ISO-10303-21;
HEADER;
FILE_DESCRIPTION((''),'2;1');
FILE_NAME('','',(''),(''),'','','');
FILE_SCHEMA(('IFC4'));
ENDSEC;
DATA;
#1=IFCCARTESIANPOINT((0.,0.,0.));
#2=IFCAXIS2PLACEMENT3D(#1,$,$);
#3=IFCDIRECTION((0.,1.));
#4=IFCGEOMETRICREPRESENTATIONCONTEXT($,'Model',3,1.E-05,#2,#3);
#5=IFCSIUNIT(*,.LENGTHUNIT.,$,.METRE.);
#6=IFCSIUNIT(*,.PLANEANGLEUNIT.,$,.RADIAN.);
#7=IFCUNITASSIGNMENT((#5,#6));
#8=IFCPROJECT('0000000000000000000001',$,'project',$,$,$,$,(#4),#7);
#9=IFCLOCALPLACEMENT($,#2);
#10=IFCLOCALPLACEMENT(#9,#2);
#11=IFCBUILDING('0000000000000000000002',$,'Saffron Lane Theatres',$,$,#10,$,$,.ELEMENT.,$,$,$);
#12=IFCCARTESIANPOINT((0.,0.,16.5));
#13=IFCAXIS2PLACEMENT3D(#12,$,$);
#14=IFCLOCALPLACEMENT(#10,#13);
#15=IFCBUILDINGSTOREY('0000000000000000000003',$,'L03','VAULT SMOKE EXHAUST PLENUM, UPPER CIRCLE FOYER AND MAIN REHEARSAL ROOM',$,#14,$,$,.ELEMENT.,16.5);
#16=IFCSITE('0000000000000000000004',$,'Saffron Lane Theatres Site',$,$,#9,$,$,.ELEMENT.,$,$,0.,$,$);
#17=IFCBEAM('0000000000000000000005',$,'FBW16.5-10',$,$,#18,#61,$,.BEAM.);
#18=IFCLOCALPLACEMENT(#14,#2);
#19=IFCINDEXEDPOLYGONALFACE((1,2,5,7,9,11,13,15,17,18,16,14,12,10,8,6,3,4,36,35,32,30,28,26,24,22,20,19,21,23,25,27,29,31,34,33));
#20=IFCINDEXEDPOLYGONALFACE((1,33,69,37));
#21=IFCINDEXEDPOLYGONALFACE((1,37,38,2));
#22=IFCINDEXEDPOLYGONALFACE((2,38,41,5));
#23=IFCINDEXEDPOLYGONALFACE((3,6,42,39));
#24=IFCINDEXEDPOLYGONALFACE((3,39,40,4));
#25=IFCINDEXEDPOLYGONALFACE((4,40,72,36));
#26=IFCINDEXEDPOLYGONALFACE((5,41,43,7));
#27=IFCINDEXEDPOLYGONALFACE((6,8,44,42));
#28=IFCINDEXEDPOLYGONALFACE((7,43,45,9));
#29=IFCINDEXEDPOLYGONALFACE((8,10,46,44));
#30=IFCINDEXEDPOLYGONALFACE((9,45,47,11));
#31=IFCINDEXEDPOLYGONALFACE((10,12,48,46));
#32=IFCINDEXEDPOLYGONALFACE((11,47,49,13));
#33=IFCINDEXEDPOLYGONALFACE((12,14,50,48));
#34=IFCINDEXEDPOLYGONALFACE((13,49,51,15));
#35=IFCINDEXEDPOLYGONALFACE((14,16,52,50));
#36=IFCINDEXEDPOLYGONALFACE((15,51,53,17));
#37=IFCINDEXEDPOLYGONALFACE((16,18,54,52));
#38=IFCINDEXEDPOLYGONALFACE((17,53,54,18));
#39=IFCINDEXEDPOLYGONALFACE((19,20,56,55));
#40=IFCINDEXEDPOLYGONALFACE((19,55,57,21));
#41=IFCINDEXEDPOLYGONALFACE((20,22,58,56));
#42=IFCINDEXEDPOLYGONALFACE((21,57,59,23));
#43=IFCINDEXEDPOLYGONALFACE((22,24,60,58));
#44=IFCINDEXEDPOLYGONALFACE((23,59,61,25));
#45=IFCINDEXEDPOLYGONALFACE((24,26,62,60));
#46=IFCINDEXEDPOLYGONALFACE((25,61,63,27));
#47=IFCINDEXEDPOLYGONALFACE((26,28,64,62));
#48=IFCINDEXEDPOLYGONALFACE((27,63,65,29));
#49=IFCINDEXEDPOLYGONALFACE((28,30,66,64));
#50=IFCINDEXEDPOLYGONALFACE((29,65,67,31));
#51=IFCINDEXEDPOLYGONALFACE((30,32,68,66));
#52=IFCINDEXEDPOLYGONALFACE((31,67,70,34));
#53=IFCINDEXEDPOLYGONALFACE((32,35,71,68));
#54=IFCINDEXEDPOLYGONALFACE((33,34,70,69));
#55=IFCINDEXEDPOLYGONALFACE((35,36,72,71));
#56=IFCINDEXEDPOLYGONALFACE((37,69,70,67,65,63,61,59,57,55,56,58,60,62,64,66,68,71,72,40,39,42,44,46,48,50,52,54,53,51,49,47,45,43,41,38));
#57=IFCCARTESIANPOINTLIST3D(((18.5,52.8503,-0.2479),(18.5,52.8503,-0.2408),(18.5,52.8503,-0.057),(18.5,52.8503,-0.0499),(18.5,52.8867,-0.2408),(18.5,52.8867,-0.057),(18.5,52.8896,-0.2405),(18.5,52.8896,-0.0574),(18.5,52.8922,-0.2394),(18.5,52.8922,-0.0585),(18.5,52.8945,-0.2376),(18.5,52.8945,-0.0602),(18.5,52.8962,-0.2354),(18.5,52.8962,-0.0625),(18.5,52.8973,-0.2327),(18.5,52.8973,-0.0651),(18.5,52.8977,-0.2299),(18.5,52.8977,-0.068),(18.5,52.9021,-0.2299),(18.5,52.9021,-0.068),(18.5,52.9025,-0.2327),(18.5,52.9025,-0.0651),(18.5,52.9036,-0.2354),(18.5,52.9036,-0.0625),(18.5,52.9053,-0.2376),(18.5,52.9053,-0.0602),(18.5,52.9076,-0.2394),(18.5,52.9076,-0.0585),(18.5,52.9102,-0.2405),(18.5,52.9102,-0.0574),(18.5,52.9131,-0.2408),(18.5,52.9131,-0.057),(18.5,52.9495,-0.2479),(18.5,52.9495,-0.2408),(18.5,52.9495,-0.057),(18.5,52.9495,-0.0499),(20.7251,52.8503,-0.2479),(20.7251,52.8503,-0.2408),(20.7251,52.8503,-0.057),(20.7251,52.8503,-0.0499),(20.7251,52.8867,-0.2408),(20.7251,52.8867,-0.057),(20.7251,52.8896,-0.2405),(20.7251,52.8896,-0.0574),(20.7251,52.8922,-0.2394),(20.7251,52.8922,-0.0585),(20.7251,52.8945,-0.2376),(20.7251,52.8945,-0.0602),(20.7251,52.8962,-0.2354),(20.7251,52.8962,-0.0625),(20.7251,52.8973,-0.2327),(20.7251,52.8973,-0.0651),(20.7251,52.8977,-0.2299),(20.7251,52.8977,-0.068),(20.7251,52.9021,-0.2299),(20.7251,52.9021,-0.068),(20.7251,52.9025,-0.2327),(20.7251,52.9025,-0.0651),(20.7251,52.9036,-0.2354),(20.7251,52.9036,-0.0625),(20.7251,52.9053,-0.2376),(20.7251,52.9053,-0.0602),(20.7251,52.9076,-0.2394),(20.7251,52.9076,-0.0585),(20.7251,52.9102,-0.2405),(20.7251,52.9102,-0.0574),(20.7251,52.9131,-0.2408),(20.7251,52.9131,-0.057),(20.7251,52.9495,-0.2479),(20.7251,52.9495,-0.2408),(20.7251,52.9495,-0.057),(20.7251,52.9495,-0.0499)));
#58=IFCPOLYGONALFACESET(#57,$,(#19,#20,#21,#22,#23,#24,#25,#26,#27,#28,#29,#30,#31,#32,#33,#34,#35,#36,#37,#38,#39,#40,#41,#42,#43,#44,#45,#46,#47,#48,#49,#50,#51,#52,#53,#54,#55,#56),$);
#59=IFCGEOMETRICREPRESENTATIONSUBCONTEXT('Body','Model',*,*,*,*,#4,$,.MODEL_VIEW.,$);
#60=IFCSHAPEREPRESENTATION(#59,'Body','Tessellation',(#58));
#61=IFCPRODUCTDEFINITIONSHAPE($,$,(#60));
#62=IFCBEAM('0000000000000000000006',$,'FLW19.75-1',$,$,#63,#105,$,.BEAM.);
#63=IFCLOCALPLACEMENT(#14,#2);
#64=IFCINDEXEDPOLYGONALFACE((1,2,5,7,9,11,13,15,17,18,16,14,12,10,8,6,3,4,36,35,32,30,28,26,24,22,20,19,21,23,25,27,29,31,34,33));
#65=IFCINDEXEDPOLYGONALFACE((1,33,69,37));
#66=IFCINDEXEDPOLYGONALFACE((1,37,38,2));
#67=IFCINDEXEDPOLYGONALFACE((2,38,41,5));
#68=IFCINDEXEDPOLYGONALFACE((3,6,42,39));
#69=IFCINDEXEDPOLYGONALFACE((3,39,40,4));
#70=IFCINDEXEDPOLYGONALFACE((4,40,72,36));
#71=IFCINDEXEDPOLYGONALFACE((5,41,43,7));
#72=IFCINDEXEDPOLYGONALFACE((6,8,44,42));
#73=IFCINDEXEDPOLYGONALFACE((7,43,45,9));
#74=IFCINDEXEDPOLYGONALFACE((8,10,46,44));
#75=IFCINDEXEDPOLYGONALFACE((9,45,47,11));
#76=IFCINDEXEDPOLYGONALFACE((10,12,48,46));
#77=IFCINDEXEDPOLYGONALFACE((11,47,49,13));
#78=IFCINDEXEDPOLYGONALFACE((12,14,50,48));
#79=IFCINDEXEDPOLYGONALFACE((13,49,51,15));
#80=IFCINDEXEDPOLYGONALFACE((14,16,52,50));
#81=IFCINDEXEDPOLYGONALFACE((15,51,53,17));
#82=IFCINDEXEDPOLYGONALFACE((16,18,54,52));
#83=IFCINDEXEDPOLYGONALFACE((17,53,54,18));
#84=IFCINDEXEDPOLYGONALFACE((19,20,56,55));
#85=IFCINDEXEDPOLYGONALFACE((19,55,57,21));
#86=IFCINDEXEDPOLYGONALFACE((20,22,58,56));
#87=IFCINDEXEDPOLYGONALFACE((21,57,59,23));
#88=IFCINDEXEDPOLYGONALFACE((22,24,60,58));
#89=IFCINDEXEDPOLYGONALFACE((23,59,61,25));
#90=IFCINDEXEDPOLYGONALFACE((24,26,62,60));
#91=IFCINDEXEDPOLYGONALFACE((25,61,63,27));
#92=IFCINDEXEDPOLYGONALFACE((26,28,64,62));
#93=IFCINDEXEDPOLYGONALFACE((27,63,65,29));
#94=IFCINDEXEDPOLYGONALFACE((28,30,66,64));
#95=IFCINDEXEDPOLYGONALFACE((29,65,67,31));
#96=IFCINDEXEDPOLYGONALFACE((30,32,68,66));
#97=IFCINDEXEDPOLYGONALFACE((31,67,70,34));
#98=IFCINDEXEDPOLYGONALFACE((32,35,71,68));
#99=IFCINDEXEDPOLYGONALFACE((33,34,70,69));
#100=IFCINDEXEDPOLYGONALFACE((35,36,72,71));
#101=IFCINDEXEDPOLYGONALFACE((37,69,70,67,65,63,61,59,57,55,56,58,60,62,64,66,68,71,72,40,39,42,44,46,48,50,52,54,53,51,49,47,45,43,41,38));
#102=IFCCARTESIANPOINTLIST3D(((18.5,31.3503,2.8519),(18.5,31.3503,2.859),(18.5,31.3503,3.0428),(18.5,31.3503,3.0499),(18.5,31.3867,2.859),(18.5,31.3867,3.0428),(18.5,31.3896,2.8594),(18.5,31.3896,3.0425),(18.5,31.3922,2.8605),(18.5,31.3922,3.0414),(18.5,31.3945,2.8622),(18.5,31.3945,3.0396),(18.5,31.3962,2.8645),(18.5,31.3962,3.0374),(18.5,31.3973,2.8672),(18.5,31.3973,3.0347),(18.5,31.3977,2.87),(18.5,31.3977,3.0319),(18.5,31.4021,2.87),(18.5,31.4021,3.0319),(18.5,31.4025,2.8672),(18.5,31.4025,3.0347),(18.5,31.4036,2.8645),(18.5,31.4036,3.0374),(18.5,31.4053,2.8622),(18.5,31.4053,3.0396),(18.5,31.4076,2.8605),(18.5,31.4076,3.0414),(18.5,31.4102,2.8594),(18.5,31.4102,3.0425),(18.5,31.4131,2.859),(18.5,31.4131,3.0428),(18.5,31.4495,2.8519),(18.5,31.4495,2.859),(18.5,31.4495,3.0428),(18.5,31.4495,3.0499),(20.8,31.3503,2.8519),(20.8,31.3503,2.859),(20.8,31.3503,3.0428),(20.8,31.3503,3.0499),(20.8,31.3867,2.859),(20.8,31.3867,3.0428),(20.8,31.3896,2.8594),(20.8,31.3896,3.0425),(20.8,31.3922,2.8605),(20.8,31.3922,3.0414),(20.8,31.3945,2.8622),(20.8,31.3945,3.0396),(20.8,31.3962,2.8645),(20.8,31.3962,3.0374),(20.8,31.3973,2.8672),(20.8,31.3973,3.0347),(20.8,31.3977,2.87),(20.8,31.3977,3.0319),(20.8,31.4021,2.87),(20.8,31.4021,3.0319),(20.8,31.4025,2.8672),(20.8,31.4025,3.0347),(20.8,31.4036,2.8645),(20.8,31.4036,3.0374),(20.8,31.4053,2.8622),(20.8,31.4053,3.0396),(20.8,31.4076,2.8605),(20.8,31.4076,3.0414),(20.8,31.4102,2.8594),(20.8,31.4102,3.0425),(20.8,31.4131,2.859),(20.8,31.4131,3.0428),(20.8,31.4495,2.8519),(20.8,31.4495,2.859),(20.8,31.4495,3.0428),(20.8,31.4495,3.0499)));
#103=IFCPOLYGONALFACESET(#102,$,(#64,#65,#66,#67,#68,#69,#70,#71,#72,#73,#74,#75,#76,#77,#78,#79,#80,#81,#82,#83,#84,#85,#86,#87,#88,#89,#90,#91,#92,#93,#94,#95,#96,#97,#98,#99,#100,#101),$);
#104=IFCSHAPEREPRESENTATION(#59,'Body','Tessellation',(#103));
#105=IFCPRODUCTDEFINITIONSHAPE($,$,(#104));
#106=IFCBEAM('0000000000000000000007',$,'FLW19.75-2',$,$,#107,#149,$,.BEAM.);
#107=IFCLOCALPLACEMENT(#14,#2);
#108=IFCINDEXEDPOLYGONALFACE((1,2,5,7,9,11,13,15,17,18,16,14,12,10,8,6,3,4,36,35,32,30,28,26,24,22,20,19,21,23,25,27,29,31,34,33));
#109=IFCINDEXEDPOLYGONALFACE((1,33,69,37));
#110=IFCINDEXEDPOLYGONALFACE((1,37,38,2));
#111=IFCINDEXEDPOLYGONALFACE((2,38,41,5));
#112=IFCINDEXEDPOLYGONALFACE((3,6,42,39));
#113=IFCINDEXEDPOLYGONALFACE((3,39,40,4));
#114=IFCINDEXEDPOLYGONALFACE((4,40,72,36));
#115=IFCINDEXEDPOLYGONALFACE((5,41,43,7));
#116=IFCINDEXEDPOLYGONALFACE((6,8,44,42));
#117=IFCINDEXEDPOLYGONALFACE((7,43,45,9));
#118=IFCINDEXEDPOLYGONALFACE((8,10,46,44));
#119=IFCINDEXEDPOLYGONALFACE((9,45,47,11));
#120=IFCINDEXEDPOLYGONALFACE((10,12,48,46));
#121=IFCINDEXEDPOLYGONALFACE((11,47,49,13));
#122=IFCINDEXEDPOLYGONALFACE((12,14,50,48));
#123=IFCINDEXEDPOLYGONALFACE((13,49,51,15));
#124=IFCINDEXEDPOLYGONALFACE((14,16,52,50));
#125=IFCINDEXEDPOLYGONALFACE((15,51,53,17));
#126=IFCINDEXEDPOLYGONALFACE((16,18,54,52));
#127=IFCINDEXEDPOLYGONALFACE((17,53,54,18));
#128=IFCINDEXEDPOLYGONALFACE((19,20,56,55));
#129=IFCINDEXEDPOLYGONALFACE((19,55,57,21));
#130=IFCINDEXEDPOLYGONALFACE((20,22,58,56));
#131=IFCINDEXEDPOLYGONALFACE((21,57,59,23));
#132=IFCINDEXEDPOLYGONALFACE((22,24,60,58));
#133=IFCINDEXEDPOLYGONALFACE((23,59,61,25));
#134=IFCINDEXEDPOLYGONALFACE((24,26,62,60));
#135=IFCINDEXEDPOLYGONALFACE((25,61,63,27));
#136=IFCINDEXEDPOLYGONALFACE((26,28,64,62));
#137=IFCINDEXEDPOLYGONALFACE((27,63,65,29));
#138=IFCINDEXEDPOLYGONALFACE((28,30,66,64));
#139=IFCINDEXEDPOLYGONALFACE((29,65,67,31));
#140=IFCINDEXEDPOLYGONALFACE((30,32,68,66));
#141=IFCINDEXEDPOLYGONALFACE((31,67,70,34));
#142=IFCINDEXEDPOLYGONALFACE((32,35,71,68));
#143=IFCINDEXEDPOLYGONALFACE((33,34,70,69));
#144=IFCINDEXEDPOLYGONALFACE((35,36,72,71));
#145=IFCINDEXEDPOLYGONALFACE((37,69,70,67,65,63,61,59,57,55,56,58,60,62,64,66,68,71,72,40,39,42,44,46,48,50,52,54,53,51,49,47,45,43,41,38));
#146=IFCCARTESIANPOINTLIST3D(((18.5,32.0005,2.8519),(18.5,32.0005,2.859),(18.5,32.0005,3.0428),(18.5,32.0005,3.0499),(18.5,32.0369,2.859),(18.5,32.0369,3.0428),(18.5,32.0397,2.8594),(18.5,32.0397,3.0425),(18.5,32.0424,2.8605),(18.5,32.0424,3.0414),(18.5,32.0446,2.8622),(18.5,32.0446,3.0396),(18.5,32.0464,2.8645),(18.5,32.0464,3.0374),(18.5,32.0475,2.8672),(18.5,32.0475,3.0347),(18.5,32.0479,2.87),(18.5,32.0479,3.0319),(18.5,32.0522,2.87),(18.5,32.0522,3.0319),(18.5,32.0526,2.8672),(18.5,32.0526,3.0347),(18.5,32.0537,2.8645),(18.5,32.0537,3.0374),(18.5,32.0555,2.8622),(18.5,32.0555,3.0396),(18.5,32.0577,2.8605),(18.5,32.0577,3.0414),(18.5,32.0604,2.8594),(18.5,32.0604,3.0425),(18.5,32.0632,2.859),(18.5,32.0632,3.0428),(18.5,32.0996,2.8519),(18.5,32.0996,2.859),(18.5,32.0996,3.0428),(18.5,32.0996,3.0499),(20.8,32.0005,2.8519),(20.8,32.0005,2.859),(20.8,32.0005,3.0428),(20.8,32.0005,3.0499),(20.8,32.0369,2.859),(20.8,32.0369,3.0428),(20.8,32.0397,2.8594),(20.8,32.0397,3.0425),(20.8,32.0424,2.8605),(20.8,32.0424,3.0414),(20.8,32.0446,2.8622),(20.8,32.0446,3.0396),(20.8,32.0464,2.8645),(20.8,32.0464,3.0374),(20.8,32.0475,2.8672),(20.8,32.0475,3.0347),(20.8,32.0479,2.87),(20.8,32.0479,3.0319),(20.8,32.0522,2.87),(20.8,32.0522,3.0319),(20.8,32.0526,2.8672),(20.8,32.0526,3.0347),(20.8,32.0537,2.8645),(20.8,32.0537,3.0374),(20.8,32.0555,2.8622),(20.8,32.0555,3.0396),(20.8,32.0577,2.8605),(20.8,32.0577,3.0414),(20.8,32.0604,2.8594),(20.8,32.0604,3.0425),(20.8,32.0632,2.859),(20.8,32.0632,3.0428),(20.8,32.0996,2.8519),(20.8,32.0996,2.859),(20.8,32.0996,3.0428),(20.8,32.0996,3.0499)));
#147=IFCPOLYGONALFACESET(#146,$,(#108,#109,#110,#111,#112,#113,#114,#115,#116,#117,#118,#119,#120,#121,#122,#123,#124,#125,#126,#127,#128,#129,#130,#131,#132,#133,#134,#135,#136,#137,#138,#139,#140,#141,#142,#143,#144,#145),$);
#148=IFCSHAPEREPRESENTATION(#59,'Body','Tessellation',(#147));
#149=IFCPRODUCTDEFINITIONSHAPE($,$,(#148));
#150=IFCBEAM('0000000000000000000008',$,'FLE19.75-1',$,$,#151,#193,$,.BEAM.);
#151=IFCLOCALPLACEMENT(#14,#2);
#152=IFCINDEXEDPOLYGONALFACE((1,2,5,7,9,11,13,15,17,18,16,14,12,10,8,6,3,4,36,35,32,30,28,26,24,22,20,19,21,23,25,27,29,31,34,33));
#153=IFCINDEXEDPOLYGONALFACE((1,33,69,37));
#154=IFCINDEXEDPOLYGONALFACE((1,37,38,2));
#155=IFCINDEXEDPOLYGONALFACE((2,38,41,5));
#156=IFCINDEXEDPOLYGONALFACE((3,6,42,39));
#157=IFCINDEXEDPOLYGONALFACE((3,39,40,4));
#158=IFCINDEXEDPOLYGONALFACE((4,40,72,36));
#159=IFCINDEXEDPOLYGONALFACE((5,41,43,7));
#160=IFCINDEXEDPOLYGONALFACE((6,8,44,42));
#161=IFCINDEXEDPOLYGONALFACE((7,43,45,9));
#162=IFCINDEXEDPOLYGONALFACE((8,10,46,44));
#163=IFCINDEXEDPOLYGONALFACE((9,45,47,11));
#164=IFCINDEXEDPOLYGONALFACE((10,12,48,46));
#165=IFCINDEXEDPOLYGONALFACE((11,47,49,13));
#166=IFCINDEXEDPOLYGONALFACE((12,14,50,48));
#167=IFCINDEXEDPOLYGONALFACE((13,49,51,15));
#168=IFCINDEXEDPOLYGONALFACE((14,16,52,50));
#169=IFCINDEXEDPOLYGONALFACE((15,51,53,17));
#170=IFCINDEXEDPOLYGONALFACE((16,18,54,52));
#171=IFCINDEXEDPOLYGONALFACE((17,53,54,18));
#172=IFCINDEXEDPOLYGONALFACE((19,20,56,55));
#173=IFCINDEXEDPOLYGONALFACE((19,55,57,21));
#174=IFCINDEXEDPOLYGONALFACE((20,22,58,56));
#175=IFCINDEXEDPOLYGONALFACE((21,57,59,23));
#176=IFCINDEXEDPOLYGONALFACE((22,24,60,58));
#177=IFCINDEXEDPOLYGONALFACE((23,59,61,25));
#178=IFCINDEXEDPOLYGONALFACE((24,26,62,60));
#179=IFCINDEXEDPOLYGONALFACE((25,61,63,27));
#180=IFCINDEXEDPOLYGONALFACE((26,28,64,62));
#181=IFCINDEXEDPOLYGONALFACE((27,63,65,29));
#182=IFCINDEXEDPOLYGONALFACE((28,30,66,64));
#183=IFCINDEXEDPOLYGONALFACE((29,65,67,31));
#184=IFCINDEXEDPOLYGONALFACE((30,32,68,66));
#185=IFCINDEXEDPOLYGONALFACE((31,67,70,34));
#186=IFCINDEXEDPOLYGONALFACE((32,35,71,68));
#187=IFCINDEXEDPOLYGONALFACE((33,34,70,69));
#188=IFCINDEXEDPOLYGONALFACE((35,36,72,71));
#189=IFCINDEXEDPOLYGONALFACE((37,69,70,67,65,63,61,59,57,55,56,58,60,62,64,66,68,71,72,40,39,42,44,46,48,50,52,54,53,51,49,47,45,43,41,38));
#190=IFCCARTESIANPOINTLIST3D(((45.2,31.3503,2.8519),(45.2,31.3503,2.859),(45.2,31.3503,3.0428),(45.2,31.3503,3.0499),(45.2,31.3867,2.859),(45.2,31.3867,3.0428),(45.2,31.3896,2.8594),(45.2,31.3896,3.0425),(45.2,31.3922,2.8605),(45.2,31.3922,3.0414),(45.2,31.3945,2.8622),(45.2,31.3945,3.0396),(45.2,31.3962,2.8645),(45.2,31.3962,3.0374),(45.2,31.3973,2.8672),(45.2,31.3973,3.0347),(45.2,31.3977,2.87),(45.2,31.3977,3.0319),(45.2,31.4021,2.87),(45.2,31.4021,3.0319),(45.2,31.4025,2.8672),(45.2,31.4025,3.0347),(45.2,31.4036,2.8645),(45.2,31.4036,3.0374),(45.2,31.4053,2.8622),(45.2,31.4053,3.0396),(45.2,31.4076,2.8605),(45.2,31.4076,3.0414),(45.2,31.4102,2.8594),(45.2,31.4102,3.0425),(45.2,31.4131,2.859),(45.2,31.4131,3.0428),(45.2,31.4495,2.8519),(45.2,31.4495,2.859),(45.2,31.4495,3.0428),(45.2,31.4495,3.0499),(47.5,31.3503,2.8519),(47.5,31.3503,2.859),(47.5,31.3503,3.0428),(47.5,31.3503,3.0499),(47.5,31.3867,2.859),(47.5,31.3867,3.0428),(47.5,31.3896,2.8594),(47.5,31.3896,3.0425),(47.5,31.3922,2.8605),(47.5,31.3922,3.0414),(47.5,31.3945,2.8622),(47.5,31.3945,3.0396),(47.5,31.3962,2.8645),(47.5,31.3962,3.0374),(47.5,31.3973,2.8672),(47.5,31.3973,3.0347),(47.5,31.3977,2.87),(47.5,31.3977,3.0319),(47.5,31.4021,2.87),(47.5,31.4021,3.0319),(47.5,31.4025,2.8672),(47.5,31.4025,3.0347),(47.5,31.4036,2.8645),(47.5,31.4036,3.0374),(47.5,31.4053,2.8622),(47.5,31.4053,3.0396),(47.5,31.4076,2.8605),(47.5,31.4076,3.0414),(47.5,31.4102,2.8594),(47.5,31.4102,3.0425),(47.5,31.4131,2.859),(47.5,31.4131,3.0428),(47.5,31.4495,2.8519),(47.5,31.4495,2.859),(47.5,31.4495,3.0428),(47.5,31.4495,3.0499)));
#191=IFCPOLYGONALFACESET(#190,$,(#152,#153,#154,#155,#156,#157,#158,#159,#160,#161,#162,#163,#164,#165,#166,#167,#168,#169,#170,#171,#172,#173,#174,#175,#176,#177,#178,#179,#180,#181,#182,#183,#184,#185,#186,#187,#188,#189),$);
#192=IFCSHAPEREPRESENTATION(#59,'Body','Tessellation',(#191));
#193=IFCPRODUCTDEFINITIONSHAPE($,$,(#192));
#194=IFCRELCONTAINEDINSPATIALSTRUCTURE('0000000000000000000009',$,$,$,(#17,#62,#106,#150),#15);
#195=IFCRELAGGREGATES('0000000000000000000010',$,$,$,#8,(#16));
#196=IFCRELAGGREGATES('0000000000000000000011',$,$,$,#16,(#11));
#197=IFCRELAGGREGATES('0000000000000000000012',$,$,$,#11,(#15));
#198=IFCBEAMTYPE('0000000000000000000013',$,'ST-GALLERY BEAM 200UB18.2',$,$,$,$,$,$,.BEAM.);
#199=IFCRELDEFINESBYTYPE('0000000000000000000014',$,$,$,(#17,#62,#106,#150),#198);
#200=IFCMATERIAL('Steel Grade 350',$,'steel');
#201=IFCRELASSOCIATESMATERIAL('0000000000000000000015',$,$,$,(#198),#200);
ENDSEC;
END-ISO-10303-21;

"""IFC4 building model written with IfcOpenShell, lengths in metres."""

from ifc_helpers import new_model, si_unit, direction, frame, origin, origin_2d, place, context, subcontext, project, spatial, i_section, extrude, material, material_profile, profile_set, type_object, element, save


model = new_model("IFC4")

# Units and contexts
model_context = context("Model", 3, precision=1e-05, world=origin(), true_north=direction((0.0, 1.0)))
body_context = subcontext(model_context, "Body", "Model", "MODEL_VIEW")
ifc_project = project(units=[si_unit("LENGTHUNIT", "METRE"), si_unit("PLANEANGLEUNIT", "RADIAN")], contexts=[model_context])

# Site, building, storey
site_placement = place(None, origin())
site = spatial("IfcSite", under=ifc_project, at=site_placement, Name="Saffron Lane Theatres Site", CompositionType="ELEMENT", RefElevation=0.0)
building_placement = place(site_placement, origin())
building = spatial("IfcBuilding", under=site, at=building_placement, Name="Saffron Lane Theatres", CompositionType="ELEMENT")
storey_placement = place(building_placement, frame((0.0, 0.0, 16.5)))
storey = spatial("IfcBuildingStorey", under=building, at=storey_placement, Name="L03", Description="VAULT SMOKE EXHAUST PLENUM, UPPER CIRCLE FOYER AND MAIN REHEARSAL ROOM", CompositionType="ELEMENT", Elevation=16.5)

# Beams
ifc_material_1 = material(Name="Steel Grade 350", Category="steel")
ifc_material_profile_1 = material_profile(ifc_material_1, i_section(OverallWidth=0.0991, OverallDepth=0.198, WebThickness=0.0044, FlangeThickness=0.0071, FilletRadius=0.011, at=origin_2d()))
ifc_profile_set_1 = profile_set([ifc_material_profile_1], Name="Steel Grade 350")
beam_type_1 = type_object("IfcBeamType", Name="ST-GALLERY BEAM 200UB18.2", PredefinedType="BEAM", material=ifc_profile_set_1)
for number, where, z_axis, x_axis, name in (
    (1, (18.5, 52.8999, -0.1489), (1.0, 0.0, 0.0), (0.0, 1.0, 0.0), "FBW16.5-10"),
):
    element("IfcBeam", number, at=place(storey_placement, frame(where, z_axis=z_axis, x_axis=x_axis)), inside=storey, type_object=beam_type_1, Name=name, PredefinedType="BEAM", context=body_context, shape_type="SweptSolid", body=[
        extrude(i_section(OverallWidth=0.0991, OverallDepth=0.198, WebThickness=0.0044, FlangeThickness=0.0071, FilletRadius=0.011, at=origin_2d()), origin(), (0.0, 0.0, 1.0), 2.2251),
    ])
for number, where, z_axis, x_axis, name in (
    (2, (18.5, 31.3999, 2.9509), (1.0, 0.0, 0.0), (0.0, 1.0, 0.0), "FLW19.75-1"),
    (3, (18.5, 32.05, 2.9509), (1.0, 0.0, 0.0), (0.0, 1.0, 0.0), "FLW19.75-2"),
    (4, (45.2, 31.3999, 2.9509), (1.0, 0.0, 0.0), (0.0, 1.0, 0.0), "FLE19.75-1"),
):
    element("IfcBeam", number, at=place(storey_placement, frame(where, z_axis=z_axis, x_axis=x_axis)), inside=storey, type_object=beam_type_1, Name=name, PredefinedType="BEAM", context=body_context, shape_type="SweptSolid", body=[
        extrude(i_section(OverallWidth=0.0991, OverallDepth=0.198, WebThickness=0.0044, FlangeThickness=0.0071, FilletRadius=0.011, at=origin_2d()), origin(), (0.0, 0.0, 1.0), 2.3),
    ])

save(model, "model.ifc")
